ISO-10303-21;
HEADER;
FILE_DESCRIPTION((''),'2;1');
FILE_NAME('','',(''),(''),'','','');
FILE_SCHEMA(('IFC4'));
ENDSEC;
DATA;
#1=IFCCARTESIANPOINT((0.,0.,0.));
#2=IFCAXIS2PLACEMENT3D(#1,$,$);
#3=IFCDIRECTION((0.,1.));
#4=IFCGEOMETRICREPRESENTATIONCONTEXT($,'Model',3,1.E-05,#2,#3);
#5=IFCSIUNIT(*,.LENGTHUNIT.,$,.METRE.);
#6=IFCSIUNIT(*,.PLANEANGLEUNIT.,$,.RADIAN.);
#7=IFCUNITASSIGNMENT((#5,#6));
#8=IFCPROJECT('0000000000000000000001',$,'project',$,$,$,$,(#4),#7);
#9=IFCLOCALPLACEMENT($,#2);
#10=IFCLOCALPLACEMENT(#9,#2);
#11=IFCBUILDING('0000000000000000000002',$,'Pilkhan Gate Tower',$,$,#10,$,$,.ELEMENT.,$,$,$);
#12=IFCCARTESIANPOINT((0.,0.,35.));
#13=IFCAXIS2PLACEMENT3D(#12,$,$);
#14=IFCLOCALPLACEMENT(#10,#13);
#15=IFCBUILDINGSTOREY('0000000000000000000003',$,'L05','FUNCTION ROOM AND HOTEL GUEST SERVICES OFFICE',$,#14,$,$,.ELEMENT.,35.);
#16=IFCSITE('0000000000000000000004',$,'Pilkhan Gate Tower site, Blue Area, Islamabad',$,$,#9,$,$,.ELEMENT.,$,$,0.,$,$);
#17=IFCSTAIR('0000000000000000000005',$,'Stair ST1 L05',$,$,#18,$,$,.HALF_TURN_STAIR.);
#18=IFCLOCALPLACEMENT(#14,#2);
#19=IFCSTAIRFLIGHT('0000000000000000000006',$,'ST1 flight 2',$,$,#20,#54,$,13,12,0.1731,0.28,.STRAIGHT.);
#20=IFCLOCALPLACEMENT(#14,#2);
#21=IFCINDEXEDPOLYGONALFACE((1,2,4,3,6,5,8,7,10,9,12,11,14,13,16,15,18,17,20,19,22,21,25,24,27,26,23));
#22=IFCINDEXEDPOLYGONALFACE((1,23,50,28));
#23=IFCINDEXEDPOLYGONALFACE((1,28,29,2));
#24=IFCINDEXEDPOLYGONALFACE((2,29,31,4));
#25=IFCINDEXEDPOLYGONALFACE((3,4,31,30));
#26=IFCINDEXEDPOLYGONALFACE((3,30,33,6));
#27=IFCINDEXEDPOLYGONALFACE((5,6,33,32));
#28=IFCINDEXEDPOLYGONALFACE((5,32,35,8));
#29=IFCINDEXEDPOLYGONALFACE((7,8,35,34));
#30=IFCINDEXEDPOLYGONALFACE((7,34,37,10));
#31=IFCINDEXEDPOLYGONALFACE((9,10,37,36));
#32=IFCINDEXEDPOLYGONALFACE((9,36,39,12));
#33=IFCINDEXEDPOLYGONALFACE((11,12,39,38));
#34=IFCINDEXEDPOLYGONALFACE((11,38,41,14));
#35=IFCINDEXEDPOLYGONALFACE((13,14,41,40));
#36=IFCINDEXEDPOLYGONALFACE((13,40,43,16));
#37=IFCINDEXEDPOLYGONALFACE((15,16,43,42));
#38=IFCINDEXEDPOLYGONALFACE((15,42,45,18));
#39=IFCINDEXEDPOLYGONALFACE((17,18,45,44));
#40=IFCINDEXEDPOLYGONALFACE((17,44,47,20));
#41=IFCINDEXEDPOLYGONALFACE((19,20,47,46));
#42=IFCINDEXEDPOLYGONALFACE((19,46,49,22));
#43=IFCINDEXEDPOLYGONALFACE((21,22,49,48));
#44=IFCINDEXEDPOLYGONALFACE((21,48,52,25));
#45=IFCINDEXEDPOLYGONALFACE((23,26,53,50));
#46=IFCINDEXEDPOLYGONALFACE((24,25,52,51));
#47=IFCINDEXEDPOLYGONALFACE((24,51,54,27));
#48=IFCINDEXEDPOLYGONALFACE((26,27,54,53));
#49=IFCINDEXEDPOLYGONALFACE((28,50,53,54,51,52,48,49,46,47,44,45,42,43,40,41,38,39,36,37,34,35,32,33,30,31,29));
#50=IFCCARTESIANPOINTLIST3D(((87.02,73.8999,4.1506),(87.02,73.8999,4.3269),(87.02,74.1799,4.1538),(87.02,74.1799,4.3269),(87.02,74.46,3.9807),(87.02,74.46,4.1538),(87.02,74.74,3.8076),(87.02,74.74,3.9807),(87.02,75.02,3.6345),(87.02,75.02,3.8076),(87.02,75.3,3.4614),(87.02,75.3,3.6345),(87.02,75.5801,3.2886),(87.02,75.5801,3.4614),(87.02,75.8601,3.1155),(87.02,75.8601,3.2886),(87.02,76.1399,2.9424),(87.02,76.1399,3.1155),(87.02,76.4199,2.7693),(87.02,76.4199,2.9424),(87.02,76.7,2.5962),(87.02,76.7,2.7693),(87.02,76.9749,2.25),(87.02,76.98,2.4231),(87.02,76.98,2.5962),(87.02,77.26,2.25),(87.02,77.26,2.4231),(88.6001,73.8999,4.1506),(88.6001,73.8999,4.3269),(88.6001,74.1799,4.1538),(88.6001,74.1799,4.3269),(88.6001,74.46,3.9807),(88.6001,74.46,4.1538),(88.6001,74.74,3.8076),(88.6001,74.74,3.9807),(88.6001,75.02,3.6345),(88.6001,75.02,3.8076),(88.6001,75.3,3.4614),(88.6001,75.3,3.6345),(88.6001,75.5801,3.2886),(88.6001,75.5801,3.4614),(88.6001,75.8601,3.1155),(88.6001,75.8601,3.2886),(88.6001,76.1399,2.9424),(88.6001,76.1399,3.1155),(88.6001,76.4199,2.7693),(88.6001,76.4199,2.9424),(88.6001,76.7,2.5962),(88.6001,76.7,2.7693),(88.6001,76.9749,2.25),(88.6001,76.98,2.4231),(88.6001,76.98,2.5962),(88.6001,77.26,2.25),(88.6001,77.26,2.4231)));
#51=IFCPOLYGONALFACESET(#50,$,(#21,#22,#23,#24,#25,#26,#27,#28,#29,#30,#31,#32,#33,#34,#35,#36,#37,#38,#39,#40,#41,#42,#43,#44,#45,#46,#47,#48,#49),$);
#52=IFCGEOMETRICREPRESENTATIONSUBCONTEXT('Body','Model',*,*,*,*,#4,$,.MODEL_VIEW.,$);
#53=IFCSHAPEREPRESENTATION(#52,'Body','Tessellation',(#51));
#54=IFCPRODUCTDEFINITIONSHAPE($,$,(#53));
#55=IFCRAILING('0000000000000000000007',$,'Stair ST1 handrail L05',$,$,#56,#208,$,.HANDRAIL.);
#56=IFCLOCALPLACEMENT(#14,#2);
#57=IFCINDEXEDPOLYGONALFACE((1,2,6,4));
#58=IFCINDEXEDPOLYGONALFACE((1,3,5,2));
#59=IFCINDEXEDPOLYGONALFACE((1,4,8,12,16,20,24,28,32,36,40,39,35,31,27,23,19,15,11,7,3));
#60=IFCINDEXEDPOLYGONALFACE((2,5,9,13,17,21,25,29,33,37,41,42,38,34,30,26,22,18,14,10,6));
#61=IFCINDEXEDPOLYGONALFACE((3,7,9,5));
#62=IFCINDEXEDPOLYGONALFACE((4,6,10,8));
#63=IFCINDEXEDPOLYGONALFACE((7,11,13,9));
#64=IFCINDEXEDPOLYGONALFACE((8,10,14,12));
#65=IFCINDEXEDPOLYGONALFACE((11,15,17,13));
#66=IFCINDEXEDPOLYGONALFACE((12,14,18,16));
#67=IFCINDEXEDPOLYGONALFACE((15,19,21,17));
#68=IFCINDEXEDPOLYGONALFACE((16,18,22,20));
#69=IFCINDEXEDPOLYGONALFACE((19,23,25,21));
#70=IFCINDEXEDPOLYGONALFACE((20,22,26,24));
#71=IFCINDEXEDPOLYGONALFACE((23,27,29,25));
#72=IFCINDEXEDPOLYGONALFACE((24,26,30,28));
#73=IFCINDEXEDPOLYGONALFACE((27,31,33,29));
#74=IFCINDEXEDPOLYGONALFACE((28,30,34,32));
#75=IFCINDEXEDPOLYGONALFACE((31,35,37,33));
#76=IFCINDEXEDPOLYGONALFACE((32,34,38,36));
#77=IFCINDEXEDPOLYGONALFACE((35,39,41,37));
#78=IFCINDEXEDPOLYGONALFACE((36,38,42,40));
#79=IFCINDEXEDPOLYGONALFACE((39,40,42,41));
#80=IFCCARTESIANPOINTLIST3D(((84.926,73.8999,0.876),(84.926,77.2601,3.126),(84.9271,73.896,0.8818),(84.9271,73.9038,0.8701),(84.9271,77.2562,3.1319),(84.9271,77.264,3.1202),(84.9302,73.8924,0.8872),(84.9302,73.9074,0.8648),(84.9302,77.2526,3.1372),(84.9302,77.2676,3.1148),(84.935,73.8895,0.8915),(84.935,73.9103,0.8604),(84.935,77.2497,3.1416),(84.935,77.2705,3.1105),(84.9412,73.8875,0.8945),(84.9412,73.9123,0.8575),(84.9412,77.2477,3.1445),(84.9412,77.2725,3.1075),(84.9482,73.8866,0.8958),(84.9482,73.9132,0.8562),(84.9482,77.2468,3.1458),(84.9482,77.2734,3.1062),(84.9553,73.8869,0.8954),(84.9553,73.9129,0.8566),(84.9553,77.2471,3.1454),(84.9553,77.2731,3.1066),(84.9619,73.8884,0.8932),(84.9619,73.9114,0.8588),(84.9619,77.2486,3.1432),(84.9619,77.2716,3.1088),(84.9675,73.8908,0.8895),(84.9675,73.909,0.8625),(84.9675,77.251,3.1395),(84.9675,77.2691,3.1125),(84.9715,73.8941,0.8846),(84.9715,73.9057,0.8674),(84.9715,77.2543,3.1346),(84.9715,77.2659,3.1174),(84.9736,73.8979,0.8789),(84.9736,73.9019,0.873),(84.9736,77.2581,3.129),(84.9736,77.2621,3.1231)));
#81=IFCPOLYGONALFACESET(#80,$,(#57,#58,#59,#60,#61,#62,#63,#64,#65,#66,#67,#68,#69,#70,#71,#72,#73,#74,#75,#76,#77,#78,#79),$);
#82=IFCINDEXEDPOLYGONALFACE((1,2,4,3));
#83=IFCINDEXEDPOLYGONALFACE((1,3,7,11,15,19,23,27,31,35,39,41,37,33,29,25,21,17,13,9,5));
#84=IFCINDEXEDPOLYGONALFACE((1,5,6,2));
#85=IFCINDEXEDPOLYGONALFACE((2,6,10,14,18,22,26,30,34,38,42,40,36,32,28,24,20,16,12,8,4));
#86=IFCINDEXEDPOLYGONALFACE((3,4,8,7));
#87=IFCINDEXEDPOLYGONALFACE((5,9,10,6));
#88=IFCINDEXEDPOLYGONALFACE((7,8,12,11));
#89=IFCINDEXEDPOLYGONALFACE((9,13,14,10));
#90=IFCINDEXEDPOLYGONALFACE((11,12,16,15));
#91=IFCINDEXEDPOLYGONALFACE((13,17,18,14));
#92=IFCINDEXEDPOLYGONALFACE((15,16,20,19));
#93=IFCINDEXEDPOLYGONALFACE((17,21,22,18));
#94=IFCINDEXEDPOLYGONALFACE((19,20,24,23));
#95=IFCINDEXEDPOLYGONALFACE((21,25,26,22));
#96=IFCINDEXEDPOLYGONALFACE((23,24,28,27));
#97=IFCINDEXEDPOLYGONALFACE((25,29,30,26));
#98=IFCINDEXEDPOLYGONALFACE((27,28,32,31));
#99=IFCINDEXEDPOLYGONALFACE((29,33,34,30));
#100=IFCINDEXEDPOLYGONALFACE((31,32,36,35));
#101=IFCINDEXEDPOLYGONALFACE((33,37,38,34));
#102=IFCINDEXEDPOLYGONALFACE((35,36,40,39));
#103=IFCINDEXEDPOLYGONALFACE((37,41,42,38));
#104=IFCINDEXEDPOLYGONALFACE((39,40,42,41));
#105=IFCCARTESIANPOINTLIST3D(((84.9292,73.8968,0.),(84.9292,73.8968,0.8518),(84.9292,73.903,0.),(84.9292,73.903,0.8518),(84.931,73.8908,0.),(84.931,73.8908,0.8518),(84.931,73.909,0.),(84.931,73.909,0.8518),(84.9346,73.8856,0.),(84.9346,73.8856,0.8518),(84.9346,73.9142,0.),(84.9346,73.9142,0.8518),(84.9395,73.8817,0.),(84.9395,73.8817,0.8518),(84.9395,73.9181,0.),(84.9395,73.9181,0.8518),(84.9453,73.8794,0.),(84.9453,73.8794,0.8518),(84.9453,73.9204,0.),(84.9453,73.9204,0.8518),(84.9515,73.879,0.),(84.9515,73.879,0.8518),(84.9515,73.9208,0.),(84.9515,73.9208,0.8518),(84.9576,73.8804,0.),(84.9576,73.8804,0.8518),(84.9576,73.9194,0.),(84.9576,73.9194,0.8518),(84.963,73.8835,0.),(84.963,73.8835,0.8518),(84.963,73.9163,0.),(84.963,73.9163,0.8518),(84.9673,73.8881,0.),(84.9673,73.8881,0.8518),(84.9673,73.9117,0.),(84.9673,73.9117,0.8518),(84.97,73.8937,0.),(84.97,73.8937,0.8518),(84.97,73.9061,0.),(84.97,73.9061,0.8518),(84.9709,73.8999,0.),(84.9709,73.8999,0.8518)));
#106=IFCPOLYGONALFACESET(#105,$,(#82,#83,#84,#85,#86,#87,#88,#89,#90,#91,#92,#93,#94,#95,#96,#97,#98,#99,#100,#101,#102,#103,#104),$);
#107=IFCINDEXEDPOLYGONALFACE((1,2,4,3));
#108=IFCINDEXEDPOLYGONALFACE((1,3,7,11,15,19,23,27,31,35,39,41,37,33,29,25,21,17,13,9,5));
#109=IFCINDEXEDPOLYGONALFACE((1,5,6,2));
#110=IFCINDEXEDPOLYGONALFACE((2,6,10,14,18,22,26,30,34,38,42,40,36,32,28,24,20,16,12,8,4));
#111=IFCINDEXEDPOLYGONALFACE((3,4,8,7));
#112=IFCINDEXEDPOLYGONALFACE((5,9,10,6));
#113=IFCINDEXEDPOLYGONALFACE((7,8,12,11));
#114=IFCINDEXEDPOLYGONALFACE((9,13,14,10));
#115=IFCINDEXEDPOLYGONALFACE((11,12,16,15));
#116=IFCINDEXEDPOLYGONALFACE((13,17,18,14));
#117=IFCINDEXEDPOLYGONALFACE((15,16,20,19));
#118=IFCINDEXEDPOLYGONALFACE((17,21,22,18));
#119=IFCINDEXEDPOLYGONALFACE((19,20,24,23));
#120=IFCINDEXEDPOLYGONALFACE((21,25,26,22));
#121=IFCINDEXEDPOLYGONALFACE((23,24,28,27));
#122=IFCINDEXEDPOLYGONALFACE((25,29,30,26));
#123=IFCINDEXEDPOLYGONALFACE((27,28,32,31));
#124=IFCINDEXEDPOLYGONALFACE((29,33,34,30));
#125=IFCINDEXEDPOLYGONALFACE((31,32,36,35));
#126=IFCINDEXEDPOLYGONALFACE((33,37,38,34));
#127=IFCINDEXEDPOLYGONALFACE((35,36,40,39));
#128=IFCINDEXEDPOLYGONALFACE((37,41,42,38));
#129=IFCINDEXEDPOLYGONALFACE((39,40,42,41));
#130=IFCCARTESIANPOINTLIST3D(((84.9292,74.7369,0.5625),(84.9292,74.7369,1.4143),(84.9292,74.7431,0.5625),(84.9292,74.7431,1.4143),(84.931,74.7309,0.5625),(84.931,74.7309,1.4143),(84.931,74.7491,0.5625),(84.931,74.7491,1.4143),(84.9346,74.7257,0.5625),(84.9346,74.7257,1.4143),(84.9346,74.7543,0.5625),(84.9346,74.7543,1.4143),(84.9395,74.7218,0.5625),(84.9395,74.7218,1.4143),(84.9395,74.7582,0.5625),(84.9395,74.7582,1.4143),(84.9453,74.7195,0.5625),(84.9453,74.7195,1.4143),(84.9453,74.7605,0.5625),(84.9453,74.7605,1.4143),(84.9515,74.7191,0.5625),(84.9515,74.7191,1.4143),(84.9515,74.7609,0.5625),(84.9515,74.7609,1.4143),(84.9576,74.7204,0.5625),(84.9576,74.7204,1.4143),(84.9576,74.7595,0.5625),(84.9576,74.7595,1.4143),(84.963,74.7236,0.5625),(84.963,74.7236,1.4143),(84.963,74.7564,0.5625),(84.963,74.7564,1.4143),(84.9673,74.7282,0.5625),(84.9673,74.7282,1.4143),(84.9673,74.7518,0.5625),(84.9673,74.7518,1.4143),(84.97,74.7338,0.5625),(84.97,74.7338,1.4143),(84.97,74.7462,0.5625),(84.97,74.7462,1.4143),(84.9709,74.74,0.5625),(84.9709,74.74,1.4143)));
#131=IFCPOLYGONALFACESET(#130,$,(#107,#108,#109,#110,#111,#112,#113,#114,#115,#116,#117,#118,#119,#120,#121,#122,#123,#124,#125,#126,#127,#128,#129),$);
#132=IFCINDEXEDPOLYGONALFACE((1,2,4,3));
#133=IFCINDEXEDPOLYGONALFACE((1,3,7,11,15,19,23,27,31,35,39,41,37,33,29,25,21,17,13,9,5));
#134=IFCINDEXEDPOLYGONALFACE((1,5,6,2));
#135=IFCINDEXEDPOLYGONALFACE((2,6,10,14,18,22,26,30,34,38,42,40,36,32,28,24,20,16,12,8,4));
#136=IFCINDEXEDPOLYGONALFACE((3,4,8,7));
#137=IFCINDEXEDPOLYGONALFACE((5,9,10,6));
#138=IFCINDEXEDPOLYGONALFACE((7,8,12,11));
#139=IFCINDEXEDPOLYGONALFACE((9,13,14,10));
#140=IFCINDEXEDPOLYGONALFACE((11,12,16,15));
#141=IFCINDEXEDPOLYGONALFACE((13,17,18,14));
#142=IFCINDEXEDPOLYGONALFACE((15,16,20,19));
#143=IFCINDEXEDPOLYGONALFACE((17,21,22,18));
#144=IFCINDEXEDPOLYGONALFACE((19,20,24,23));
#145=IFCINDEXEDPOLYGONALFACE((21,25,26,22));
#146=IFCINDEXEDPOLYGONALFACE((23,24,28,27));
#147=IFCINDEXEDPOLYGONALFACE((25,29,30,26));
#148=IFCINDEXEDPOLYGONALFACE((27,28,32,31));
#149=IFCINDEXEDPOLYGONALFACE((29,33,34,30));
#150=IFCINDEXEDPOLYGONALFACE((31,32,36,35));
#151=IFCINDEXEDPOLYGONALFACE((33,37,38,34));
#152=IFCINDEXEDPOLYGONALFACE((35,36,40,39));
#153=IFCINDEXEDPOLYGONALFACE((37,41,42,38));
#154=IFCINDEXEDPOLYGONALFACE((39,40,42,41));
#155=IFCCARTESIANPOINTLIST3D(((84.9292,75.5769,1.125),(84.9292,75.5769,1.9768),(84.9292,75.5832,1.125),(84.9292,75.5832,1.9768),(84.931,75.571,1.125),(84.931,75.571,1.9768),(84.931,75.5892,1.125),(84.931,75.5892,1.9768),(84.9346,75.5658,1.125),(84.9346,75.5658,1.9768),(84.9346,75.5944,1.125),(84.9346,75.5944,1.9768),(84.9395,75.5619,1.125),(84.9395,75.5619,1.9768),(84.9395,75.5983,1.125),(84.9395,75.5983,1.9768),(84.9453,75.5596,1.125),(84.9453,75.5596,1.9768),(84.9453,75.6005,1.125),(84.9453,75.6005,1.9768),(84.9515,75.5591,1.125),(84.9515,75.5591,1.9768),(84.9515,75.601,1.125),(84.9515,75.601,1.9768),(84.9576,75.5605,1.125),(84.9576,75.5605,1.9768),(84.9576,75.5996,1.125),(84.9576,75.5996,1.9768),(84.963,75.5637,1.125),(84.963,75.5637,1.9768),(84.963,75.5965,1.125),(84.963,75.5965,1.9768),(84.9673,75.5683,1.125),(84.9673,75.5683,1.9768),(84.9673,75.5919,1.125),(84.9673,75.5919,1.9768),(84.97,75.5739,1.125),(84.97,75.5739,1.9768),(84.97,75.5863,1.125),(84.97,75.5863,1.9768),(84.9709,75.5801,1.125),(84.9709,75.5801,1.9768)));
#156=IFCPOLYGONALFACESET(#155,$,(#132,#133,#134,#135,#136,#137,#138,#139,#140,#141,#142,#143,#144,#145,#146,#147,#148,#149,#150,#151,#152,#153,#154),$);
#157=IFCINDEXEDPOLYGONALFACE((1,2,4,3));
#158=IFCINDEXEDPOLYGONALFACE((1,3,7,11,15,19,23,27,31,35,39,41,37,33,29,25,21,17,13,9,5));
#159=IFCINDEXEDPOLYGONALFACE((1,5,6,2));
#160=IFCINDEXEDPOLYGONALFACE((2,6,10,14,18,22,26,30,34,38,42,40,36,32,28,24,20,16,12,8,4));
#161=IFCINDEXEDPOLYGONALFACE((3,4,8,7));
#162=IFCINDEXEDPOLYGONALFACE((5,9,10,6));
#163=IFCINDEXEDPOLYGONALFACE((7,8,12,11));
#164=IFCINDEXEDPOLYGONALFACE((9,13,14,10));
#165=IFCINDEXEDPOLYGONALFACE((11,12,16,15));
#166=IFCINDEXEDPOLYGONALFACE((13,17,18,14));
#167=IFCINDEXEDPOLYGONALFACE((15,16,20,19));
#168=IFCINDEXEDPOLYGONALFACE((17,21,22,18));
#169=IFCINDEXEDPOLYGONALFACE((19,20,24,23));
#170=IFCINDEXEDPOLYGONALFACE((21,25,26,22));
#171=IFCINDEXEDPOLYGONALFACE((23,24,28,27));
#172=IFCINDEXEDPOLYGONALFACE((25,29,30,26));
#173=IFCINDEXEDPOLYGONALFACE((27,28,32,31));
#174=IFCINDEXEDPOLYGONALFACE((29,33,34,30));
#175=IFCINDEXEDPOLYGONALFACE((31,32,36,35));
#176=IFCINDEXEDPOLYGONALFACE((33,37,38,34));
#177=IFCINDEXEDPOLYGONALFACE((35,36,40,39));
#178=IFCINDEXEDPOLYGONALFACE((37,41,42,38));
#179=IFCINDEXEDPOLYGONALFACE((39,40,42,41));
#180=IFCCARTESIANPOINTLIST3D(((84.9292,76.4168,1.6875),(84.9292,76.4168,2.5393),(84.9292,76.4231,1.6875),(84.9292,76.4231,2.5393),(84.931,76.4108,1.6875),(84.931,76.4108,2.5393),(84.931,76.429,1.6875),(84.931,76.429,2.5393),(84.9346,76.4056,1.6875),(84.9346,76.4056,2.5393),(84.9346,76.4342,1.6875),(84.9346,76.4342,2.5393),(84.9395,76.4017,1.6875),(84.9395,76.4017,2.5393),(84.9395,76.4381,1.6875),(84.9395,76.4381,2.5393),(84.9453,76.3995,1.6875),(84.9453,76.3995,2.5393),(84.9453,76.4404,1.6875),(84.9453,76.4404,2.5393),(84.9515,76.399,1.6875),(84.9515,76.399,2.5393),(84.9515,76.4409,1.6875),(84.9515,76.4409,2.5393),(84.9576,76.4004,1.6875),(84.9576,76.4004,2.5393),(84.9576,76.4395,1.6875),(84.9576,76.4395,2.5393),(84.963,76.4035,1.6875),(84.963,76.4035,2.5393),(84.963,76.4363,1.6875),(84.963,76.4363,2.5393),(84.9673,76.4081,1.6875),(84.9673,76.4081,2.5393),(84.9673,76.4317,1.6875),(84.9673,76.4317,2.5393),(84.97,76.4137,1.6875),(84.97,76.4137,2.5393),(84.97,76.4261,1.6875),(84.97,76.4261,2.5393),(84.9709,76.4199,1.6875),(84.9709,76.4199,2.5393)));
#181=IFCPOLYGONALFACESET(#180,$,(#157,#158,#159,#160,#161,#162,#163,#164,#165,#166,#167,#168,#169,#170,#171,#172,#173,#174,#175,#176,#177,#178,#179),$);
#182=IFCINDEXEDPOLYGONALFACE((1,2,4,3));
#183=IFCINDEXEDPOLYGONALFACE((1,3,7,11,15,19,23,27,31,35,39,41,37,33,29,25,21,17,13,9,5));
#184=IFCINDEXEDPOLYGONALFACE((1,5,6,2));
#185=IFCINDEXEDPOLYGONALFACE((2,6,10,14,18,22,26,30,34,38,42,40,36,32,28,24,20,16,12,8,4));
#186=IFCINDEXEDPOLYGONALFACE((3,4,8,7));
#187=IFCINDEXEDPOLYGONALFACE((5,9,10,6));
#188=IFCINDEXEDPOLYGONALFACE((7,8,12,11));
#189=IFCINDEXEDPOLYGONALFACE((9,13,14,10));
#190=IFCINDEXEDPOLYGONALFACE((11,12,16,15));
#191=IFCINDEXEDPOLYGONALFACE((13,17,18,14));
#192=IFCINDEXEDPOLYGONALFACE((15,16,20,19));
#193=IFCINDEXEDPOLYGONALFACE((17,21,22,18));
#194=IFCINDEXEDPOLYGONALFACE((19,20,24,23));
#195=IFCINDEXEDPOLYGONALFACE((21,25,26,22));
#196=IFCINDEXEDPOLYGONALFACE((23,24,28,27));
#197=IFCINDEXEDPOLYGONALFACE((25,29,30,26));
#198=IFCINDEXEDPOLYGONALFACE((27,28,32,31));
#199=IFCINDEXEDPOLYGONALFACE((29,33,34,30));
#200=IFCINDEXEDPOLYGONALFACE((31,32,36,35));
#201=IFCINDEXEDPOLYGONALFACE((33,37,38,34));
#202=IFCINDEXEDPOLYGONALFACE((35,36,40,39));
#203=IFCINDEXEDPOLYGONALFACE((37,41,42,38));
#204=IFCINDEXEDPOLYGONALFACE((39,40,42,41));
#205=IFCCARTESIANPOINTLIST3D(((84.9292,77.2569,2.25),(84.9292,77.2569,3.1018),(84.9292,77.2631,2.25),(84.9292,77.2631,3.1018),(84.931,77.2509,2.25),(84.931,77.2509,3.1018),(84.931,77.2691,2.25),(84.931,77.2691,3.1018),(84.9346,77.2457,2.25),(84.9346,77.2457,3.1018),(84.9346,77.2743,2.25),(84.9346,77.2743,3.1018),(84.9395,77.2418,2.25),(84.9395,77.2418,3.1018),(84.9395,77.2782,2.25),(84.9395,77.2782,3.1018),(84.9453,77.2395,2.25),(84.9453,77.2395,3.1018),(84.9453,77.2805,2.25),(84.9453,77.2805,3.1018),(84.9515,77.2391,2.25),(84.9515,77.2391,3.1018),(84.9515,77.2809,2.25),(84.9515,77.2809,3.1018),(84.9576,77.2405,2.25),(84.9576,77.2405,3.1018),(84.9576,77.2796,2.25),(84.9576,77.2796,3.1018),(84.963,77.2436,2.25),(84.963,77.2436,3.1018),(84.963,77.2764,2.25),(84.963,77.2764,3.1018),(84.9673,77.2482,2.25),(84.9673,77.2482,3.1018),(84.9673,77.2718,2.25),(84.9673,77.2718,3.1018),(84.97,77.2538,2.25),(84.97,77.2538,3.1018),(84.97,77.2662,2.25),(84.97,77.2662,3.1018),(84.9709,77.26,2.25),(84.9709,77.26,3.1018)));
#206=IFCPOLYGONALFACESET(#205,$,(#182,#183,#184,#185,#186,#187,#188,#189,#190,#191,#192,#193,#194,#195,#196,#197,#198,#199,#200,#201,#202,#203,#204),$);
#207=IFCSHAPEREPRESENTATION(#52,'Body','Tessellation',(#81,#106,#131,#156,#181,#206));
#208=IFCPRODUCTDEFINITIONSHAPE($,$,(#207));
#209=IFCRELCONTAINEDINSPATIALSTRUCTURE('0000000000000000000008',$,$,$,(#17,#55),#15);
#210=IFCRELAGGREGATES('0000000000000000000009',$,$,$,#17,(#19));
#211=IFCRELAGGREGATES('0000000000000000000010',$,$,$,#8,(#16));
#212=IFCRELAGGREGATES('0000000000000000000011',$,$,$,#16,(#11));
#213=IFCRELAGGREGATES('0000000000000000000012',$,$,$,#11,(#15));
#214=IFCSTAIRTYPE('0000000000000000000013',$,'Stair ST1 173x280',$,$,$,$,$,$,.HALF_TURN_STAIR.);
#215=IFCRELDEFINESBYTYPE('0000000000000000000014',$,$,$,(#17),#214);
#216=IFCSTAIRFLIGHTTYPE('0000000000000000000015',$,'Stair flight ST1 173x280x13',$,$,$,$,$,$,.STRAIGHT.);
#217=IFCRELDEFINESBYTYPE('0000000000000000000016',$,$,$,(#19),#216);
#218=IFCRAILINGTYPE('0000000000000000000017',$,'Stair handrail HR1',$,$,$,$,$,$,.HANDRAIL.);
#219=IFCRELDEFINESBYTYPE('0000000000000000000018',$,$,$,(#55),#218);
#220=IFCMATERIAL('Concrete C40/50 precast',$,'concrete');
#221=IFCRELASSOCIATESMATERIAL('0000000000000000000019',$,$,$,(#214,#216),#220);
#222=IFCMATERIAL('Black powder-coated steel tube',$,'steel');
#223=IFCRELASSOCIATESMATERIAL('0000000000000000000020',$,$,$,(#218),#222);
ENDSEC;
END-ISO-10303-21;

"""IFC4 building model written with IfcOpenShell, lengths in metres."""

from ifc_helpers import new_model, si_unit, direction, frame, origin, origin_2d, place, context, subcontext, project, spatial, polyline, circle, outline, extrude, material, type_object, element, aggregate, save


model = new_model("IFC4")

# Units and contexts
model_context = context("Model", 3, precision=1e-05, world=origin(), true_north=direction((0.0, 1.0)))
body_context = subcontext(model_context, "Body", "Model", "MODEL_VIEW")
ifc_project = project(units=[si_unit("LENGTHUNIT", "METRE"), si_unit("PLANEANGLEUNIT", "RADIAN")], contexts=[model_context])

# Site, building, storey
site_placement = place(None, origin())
site = spatial("IfcSite", under=ifc_project, at=site_placement, Name="Pilkhan Gate Tower site, Blue Area, Islamabad", CompositionType="ELEMENT", RefElevation=0.0)
building_placement = place(site_placement, origin())
building = spatial("IfcBuilding", under=site, at=building_placement, Name="Pilkhan Gate Tower", CompositionType="ELEMENT")
storey_placement = place(building_placement, frame((0.0, 0.0, 35.0)))
storey = spatial("IfcBuildingStorey", under=building, at=storey_placement, Name="L05", Description="FUNCTION ROOM AND HOTEL GUEST SERVICES OFFICE", CompositionType="ELEMENT", Elevation=35.0)

# Stair, stair flight
ifc_material_1 = material(Name="Concrete C40/50 precast", Category="concrete")
stair_type = type_object("IfcStairType", Name="Stair ST1 173x280", PredefinedType="HALF_TURN_STAIR", material=ifc_material_1)
stair_placement = place(storey_placement, origin())
stair = element("IfcStair", 1, at=stair_placement, inside=storey, type_object=stair_type, Name="Stair ST1 L05", PredefinedType="HALF_TURN_STAIR")
stair_flight_type = type_object("IfcStairFlightType", Name="Stair flight ST1 173x280x13", PredefinedType="STRAIGHT", material=ifc_material_1)
stair_flight_1_placement = place(storey_placement, frame((87.8101, 77.26, 2.25), z_axis=(0.0, 0.0, 1.0), x_axis=(0.0, -1.0, 0.0)))
stair_flight_1 = element("IfcStairFlight", 2, at=stair_flight_1_placement, type_object=stair_flight_type, Name="ST1 flight 2", NumberOfRisers=13, NumberOfTreads=12, PredefinedType="STRAIGHT", RiserHeight=0.1731, TreadLength=0.28, context=body_context, shape_type="SweptSolid", body=[
    extrude(outline(polyline([(0.0, 0.0), (0.0, 0.1731), (0.28, 0.1731), (0.28, 0.3462), (0.5601, 0.3462), (0.5601, 0.5193), (0.8401, 0.5193), (0.8401, 0.6924), (1.1201, 0.6924), (1.1201, 0.8655), (1.3999, 0.8655), (1.3999, 1.0386), (1.6799, 1.0386), (1.6799, 1.2114), (1.96, 1.2114), (1.96, 1.3845), (2.24, 1.3845), (2.24, 1.5576), (2.52, 1.5576), (2.52, 1.7307), (2.8, 1.7307), (2.8, 1.9038), (3.0801, 1.9038), (3.0801, 2.0769), (3.3601, 2.0769), (3.3601, 2.25), (3.3601, 1.9006), (0.2852, 0.0), (0.0, 0.0)])), frame((0.0, 0.79, 0.0), z_axis=(0.0, -1.0, 0.0), x_axis=(1.0, 0.0, 0.0)), (0.0, 0.0, 1.0), 1.5801),
])
aggregate(stair, [stair_flight_1])

# Railing
ifc_material_2 = material(Name="Black powder-coated steel tube", Category="steel")
railing_type_1 = type_object("IfcRailingType", Name="Stair handrail HR1", PredefinedType="HANDRAIL", material=ifc_material_2)
railing_1_placement = place(storey_placement, frame((84.95, 73.8999, 0.0)))
element("IfcRailing", 3, at=railing_1_placement, inside=storey, type_object=railing_type_1, Name="Stair ST1 handrail L05", PredefinedType="HANDRAIL", context=body_context, shape_type="SweptSolid", body=[
    extrude(circle(Radius=0.0239, at=origin_2d()), frame((0.0, 0.0, 0.876), z_axis=(0.0, 0.830915, 0.556399), x_axis=(-1.0, 0.0, 0.0)), (0.0, 0.0, 1.0), 4.0439),
    extrude(circle(Radius=0.021, at=origin_2d()), origin(), (0.0, 0.0, 1.0), 0.8518),
    extrude(circle(Radius=0.021, at=origin_2d()), frame((0.0, 0.8401, 0.5625)), (0.0, 0.0, 1.0), 0.8518),
    extrude(circle(Radius=0.021, at=origin_2d()), frame((0.0, 1.6802, 1.125)), (0.0, 0.0, 1.0), 0.8518),
    extrude(circle(Radius=0.021, at=origin_2d()), frame((0.0, 2.52, 1.6875)), (0.0, 0.0, 1.0), 0.8518),
    extrude(circle(Radius=0.021, at=origin_2d()), frame((0.0, 3.3601, 2.25)), (0.0, 0.0, 1.0), 0.8518),
])

save(model, "model.ifc")
